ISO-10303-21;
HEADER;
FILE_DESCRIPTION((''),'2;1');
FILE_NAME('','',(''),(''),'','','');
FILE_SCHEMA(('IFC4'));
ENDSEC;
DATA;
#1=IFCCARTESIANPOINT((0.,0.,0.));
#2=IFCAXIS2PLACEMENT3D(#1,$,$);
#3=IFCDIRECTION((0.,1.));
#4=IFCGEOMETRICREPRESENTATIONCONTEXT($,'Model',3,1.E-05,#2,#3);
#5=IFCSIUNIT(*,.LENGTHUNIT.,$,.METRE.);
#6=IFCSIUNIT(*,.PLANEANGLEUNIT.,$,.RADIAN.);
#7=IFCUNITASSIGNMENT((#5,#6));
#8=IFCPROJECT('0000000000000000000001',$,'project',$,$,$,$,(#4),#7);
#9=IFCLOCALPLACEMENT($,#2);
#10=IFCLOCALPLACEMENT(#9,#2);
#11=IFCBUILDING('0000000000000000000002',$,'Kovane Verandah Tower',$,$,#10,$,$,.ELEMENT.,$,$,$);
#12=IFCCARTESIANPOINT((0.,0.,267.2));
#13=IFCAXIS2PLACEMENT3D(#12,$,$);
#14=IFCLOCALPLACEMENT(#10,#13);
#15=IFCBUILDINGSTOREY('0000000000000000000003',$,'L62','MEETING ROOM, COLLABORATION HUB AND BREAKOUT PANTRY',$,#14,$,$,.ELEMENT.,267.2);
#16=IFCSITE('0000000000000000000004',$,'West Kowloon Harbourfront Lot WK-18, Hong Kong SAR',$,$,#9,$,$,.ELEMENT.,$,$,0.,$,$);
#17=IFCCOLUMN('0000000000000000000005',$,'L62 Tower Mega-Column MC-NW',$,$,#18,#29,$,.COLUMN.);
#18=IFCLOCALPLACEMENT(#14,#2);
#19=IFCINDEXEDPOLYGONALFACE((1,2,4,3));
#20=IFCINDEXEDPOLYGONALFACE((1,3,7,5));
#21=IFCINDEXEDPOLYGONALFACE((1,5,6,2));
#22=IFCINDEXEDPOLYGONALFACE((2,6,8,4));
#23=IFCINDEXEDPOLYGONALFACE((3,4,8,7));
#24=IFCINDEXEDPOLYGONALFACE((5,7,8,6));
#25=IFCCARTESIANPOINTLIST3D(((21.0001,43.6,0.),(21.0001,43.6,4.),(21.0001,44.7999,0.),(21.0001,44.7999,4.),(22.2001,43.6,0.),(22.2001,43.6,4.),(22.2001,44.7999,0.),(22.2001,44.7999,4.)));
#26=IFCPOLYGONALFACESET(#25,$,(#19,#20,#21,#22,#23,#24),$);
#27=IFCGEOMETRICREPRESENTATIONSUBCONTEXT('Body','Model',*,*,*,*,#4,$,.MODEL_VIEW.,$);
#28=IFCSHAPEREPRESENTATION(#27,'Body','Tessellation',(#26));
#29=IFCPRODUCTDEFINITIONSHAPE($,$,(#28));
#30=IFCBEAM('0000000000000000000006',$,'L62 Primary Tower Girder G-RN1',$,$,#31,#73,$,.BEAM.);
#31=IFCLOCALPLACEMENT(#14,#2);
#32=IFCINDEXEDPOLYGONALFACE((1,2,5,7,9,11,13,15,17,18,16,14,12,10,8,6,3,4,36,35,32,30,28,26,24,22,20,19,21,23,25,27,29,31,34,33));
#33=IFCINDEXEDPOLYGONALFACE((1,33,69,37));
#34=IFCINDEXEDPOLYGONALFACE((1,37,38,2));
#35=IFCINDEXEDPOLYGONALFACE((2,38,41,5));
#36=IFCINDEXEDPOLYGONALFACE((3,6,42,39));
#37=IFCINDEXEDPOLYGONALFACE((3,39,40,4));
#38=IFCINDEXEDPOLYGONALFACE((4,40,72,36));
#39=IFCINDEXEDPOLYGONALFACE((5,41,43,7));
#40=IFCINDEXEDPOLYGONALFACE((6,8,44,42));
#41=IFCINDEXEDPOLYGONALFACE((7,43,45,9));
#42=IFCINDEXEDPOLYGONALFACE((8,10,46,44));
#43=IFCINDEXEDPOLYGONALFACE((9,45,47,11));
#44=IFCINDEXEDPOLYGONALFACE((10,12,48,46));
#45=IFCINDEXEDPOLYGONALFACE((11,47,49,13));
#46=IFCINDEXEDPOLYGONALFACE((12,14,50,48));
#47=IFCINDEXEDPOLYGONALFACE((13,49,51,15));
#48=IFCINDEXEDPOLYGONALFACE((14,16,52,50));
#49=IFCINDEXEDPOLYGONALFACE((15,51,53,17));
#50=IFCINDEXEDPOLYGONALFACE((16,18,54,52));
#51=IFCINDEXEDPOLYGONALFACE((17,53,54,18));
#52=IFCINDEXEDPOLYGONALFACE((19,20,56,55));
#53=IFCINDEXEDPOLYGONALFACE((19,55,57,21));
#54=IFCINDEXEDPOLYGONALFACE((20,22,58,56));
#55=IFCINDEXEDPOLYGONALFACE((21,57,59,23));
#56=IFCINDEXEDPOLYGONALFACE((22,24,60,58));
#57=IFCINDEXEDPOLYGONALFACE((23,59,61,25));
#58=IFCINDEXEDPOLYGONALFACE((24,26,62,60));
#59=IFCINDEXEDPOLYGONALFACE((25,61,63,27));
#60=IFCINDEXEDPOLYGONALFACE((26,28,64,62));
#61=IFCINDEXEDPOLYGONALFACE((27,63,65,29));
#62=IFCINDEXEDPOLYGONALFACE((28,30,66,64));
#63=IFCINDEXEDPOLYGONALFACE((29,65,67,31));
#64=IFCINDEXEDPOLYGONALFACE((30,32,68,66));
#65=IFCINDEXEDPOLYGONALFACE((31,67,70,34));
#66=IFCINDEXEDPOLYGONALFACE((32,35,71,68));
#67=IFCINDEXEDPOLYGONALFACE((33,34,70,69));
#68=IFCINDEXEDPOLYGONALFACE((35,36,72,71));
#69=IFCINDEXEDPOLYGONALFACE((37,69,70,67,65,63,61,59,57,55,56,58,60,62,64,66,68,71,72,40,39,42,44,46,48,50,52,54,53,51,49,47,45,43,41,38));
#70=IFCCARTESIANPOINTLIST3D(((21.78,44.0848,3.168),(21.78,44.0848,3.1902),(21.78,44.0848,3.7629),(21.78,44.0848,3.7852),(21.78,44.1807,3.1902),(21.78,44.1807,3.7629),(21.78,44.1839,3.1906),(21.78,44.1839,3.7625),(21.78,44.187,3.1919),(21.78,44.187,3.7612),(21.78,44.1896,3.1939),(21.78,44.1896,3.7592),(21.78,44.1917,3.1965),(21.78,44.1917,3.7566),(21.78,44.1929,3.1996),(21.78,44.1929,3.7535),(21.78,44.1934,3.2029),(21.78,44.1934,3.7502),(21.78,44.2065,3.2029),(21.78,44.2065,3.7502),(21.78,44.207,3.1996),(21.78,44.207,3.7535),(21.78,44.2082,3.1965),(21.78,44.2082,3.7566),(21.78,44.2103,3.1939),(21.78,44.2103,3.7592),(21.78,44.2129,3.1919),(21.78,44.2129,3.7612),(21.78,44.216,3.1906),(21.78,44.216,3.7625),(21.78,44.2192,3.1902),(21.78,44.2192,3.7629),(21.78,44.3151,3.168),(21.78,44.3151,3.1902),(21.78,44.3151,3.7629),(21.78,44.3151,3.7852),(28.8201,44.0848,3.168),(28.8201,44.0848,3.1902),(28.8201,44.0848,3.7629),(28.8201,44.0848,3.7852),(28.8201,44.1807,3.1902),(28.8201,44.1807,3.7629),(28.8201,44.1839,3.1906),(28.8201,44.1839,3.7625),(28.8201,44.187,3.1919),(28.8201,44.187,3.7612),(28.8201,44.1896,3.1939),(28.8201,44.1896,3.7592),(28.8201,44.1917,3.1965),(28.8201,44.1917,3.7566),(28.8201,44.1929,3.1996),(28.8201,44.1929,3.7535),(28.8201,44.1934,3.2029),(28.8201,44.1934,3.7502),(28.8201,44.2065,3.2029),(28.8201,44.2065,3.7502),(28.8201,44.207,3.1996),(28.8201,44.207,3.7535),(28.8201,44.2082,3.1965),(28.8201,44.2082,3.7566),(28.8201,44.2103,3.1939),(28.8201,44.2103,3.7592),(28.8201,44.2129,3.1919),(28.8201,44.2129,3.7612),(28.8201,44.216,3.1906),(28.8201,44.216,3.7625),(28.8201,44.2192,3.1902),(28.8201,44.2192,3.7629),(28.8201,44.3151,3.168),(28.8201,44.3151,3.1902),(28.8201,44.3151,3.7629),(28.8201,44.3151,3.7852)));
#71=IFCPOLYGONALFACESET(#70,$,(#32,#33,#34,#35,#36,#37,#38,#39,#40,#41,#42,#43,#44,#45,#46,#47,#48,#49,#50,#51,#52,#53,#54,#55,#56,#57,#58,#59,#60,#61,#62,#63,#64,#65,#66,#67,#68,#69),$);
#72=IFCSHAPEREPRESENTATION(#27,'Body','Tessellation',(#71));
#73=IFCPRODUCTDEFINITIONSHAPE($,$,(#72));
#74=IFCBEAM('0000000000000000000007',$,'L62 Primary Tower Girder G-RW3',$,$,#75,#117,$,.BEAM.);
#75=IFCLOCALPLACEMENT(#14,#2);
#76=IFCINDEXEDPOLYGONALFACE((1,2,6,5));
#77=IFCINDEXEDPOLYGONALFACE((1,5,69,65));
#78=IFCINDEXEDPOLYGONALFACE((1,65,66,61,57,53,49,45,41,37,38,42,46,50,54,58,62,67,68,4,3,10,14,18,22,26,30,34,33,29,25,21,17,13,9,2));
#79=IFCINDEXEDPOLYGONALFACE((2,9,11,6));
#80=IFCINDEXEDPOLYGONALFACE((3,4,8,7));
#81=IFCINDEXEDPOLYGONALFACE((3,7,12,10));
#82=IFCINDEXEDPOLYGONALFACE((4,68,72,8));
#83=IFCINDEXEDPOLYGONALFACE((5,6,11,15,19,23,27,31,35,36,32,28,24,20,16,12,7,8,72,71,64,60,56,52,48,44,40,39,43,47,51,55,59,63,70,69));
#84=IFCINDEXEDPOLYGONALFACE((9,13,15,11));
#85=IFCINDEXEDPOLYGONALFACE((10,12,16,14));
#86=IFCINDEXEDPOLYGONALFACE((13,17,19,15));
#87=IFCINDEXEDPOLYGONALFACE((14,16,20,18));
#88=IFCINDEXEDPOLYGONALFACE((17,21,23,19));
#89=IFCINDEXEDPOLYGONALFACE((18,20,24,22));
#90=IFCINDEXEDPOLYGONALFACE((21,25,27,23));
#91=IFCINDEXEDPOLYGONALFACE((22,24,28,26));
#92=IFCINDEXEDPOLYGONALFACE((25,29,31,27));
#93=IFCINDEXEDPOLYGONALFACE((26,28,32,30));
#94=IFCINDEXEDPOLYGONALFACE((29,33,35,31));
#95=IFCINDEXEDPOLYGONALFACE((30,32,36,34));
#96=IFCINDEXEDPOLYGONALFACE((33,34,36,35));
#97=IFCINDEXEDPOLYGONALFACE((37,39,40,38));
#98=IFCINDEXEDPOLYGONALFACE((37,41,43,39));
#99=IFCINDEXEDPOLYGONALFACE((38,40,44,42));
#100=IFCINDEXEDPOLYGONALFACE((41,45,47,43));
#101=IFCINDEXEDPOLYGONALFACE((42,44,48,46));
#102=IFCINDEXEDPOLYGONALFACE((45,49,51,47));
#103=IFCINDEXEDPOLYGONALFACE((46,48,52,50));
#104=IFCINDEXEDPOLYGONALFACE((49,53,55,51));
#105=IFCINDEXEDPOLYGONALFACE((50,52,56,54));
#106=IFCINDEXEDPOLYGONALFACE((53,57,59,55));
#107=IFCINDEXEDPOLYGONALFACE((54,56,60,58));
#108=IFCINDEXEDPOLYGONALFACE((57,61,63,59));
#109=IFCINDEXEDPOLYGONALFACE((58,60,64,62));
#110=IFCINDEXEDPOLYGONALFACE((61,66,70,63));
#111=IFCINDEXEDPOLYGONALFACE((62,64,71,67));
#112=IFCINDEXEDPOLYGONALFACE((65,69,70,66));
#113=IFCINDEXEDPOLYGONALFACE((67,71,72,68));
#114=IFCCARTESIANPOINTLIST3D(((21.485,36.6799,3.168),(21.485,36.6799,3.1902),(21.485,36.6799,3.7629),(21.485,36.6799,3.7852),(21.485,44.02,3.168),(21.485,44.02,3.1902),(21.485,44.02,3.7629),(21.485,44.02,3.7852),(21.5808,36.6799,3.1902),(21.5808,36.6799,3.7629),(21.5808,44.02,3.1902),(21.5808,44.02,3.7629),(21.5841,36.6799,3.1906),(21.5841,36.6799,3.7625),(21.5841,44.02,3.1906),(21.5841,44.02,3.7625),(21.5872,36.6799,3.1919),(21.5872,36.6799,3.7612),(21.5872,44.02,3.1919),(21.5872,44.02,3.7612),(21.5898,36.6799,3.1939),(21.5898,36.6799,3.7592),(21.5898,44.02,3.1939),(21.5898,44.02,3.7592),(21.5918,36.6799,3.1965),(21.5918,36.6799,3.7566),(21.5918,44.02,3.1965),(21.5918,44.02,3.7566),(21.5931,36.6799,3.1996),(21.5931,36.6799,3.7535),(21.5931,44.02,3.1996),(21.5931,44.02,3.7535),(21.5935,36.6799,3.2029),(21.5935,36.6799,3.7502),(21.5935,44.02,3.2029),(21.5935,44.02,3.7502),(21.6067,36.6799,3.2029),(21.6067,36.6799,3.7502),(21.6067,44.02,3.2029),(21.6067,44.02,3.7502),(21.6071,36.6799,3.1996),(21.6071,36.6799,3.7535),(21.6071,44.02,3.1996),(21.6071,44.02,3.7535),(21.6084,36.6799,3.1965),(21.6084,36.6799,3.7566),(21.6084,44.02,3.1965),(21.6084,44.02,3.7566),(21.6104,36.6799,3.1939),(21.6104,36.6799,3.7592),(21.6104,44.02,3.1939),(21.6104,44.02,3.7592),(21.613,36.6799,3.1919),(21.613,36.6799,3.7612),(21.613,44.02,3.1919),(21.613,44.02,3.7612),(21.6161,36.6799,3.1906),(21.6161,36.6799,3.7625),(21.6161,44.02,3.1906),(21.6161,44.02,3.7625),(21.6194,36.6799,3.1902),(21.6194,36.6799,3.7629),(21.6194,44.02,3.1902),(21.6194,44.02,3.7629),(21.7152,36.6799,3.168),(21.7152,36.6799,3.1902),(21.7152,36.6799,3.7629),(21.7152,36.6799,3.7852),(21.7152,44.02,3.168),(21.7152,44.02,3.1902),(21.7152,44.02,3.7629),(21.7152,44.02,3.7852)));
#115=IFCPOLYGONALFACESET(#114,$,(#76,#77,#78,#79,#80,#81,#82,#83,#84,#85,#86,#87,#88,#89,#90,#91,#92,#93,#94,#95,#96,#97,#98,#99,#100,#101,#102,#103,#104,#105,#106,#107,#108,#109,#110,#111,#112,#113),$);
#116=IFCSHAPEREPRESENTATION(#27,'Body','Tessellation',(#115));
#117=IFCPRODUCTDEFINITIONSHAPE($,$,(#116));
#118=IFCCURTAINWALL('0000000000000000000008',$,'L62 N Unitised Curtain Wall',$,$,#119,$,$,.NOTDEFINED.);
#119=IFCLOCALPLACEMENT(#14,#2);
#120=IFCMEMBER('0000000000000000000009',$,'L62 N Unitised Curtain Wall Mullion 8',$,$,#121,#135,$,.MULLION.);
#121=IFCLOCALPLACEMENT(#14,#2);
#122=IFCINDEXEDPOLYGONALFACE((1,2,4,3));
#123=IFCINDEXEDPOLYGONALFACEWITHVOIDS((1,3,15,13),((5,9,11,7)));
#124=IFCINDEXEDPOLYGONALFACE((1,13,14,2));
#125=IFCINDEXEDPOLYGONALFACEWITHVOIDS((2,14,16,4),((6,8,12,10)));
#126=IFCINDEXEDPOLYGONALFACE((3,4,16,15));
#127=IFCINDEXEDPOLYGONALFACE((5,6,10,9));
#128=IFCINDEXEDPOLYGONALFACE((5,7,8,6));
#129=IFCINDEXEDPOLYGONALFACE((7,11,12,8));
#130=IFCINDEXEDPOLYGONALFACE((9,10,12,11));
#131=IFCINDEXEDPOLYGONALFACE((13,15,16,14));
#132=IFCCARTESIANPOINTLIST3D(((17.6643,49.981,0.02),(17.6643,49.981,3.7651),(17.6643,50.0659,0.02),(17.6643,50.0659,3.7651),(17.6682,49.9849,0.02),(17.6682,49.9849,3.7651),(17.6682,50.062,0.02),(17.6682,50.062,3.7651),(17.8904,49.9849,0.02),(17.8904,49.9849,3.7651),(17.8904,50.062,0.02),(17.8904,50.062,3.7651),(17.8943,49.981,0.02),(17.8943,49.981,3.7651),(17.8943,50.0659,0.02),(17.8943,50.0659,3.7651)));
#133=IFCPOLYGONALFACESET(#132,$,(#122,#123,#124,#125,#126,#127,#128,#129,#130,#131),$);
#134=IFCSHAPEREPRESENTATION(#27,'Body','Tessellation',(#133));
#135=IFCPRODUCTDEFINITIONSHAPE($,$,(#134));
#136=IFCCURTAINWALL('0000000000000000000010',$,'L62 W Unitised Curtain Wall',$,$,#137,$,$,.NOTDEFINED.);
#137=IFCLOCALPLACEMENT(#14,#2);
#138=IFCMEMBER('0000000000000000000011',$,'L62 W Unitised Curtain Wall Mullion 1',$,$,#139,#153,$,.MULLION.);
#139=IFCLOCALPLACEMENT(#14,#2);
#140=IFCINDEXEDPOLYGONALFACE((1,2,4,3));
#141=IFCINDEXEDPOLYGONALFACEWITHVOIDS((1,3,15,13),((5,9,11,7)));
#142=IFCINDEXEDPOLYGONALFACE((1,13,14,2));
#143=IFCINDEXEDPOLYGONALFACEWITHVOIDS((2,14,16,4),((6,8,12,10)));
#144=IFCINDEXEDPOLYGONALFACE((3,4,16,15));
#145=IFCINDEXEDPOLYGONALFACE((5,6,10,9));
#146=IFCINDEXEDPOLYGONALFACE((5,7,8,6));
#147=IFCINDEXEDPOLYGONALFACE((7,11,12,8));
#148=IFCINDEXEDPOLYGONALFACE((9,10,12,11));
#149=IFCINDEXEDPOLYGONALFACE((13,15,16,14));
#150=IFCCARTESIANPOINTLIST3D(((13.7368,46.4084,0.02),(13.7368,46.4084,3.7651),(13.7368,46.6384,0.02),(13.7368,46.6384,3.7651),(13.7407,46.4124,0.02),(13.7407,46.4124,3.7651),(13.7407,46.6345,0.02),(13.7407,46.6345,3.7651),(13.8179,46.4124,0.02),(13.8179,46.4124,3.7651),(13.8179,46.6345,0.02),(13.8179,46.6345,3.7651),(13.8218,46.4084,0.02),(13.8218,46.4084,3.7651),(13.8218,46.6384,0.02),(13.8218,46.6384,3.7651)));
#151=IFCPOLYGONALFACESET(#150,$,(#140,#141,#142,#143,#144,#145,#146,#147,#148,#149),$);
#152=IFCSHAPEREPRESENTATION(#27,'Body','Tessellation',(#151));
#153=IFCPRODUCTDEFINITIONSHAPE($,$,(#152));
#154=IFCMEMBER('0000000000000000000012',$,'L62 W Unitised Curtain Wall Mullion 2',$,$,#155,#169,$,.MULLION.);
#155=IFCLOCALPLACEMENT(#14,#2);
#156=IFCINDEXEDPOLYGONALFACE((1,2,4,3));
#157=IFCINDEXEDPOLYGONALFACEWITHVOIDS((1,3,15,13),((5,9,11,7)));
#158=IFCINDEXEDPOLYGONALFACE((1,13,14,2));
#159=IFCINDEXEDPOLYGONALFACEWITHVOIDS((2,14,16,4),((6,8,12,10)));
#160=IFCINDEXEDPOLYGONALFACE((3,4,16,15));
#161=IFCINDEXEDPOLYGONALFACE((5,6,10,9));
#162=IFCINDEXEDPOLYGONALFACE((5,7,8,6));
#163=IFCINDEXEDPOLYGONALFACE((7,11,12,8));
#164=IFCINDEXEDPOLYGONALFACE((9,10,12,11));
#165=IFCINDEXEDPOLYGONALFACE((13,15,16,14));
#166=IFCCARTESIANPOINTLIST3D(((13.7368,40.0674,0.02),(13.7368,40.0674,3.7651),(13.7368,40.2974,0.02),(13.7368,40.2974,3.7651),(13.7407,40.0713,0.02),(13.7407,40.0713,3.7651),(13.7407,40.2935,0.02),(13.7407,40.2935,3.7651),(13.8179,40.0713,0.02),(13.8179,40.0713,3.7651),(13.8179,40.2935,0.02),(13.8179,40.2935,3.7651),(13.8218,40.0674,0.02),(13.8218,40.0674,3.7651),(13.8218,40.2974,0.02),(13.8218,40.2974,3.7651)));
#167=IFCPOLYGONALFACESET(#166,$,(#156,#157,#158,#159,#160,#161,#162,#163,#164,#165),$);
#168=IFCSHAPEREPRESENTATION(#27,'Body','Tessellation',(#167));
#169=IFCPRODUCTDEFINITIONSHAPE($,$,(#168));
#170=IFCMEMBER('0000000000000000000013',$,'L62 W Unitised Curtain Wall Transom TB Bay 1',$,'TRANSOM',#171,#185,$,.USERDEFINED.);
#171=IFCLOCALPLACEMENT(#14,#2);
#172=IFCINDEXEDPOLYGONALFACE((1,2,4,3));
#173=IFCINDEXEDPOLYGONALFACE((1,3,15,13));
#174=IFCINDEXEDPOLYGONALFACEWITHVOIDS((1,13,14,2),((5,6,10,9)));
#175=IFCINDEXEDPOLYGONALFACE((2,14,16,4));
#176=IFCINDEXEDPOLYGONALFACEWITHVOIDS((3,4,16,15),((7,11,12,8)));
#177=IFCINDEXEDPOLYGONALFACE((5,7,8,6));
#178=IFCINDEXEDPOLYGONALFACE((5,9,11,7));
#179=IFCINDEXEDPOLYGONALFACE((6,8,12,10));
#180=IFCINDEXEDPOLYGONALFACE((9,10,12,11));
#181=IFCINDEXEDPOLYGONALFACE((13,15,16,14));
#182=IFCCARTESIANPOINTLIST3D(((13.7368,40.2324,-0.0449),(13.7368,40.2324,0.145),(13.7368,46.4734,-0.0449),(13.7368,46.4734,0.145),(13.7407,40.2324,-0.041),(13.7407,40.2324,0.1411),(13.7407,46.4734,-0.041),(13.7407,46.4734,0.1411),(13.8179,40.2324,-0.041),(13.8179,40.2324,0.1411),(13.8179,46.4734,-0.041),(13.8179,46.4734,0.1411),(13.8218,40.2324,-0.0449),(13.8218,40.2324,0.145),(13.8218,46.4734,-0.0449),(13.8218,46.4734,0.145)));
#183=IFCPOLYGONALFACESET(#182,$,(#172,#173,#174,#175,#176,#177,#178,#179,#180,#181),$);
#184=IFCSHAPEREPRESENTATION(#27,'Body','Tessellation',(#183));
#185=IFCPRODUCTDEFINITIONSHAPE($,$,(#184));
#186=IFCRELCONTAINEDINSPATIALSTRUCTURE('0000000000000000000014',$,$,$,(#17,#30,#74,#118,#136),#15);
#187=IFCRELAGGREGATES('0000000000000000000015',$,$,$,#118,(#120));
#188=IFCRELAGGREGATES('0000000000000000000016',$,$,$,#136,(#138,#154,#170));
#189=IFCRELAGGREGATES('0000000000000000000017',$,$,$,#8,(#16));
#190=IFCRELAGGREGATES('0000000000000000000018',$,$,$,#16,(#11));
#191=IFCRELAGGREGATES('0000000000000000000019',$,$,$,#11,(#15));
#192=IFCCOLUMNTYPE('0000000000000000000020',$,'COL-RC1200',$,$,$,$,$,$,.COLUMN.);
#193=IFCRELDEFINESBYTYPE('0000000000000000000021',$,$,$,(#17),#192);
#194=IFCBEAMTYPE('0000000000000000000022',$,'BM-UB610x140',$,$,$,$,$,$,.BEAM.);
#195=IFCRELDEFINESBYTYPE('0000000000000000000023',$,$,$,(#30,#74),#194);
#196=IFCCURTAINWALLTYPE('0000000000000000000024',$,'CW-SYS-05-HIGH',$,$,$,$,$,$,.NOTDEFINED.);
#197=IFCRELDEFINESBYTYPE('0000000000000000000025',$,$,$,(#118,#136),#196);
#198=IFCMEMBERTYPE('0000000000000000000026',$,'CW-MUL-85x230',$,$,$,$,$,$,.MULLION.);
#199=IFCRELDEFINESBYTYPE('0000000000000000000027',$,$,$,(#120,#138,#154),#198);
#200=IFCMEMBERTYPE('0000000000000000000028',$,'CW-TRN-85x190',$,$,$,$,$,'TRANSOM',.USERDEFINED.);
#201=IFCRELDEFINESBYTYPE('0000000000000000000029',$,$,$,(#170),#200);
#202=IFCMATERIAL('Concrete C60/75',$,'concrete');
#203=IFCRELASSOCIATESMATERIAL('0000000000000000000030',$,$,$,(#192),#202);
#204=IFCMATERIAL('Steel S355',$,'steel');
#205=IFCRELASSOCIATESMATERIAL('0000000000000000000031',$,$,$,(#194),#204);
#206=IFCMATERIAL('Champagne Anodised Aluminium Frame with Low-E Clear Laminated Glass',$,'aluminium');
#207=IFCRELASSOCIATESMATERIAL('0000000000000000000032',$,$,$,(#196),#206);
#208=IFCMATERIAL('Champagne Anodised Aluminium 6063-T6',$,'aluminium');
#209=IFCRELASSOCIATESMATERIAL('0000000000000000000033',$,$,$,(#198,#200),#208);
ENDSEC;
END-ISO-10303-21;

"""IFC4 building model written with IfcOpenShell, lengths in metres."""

from ifc_helpers import new_model, si_unit, direction, frame, origin, origin_2d, place, context, subcontext, project, spatial, rectangle, hollow_rectangle, i_section, extrude, material, material_profile, profile_set, type_object, element, aggregate, save


model = new_model("IFC4")

# Units and contexts
model_context = context("Model", 3, precision=1e-05, world=origin(), true_north=direction((0.0, 1.0)))
body_context = subcontext(model_context, "Body", "Model", "MODEL_VIEW")
ifc_project = project(units=[si_unit("LENGTHUNIT", "METRE"), si_unit("PLANEANGLEUNIT", "RADIAN")], contexts=[model_context])

# Site, building, storey
site_placement = place(None, origin())
site = spatial("IfcSite", under=ifc_project, at=site_placement, Name="West Kowloon Harbourfront Lot WK-18, Hong Kong SAR", CompositionType="ELEMENT", RefElevation=0.0)
building_placement = place(site_placement, origin())
building = spatial("IfcBuilding", under=site, at=building_placement, Name="Kovane Verandah Tower", CompositionType="ELEMENT")
storey_placement = place(building_placement, frame((0.0, 0.0, 267.2)))
storey = spatial("IfcBuildingStorey", under=building, at=storey_placement, Name="L62", Description="MEETING ROOM, COLLABORATION HUB AND BREAKOUT PANTRY", CompositionType="ELEMENT", Elevation=267.2)

# Column
ifc_material_1 = material(Name="Concrete C60/75", Category="concrete")
ifc_material_profile_1 = material_profile(ifc_material_1, rectangle(XDim=1.2, YDim=1.2, at=origin_2d()), Name="RC1200x1200")
ifc_profile_set_1 = profile_set([ifc_material_profile_1], Name="Concrete C60/75")
column_type = type_object("IfcColumnType", Name="COL-RC1200", PredefinedType="COLUMN", material=ifc_profile_set_1)
column_placement = place(storey_placement, frame((21.6001, 44.2, 0.0), z_axis=(0.0, 0.0, 1.0), x_axis=(1.0, 0.0, 0.0)))
element("IfcColumn", 1, at=column_placement, inside=storey, type_object=column_type, Name="L62 Tower Mega-Column MC-NW", PredefinedType="COLUMN", context=body_context, shape_type="SweptSolid", body=[
    extrude(rectangle(XDim=1.2, YDim=1.2, at=origin_2d()), origin(), (0.0, 0.0, 1.0), 4.0),
])

# Beams
ifc_material_2 = material(Name="Steel S355", Category="steel")
ifc_material_profile_2 = material_profile(ifc_material_2, i_section(OverallWidth=0.2302, OverallDepth=0.6172, WebThickness=0.0132, FlangeThickness=0.0222, FilletRadius=0.0127, at=origin_2d()), Name="UB610x229x140")
ifc_profile_set_2 = profile_set([ifc_material_profile_2], Name="Steel S355")
beam_type = type_object("IfcBeamType", Name="BM-UB610x140", PredefinedType="BEAM", material=ifc_profile_set_2)
beam_1_placement = place(storey_placement, frame((21.78, 44.2, 3.4766), z_axis=(1.0, 0.0, 0.0), x_axis=(0.0, 1.0, 0.0)))
element("IfcBeam", 2, at=beam_1_placement, inside=storey, type_object=beam_type, Name="L62 Primary Tower Girder G-RN1", PredefinedType="BEAM", context=body_context, shape_type="SweptSolid", body=[
    extrude(i_section(OverallWidth=0.2302, OverallDepth=0.6172, WebThickness=0.0132, FlangeThickness=0.0222, FilletRadius=0.0127, at=origin_2d()), origin(), (0.0, 0.0, 1.0), 7.04),
])
beam_2_placement = place(storey_placement, frame((21.6001, 36.6799, 3.4766), z_axis=(0.0, 1.0, 0.0), x_axis=(-1.0, 0.0, 0.0)))
element("IfcBeam", 3, at=beam_2_placement, inside=storey, type_object=beam_type, Name="L62 Primary Tower Girder G-RW3", PredefinedType="BEAM", context=body_context, shape_type="SweptSolid", body=[
    extrude(i_section(OverallWidth=0.2302, OverallDepth=0.6172, WebThickness=0.0132, FlangeThickness=0.0222, FilletRadius=0.0127, at=origin_2d()), origin(), (0.0, 0.0, 1.0), 7.3401),
])

# Curtain wall, member
ifc_material_3 = material(Name="Champagne Anodised Aluminium Frame with Low-E Clear Laminated Glass", Category="aluminium")
curtain_wall_type = type_object("IfcCurtainWallType", Name="CW-SYS-05-HIGH", PredefinedType="NOTDEFINED", material=ifc_material_3)
curtain_wall_1_placement = place(storey_placement, origin())
curtain_wall_1 = element("IfcCurtainWall", 4, at=curtain_wall_1_placement, inside=storey, type_object=curtain_wall_type, Name="L62 N Unitised Curtain Wall", PredefinedType="NOTDEFINED")
ifc_material_4 = material(Name="Champagne Anodised Aluminium 6063-T6", Category="aluminium")
ifc_material_profile_3 = material_profile(ifc_material_4, hollow_rectangle(XDim=0.085, YDim=0.23, WallThickness=0.0039, at=origin_2d()), Name="AL85x230x4")
ifc_profile_set_3 = profile_set([ifc_material_profile_3], Name="Champagne Anodised Aluminium 6063-T6")
member_type_1 = type_object("IfcMemberType", Name="CW-MUL-85x230", PredefinedType="MULLION", material=ifc_profile_set_3)
member_1_placement = place(storey_placement, frame((17.7793, 50.0234, 0.02), z_axis=(0.0, 0.0, 1.0), x_axis=(0.0, 1.0, 0.0)))
member_1 = element("IfcMember", 5, at=member_1_placement, type_object=member_type_1, Name="L62 N Unitised Curtain Wall Mullion 8", PredefinedType="MULLION", context=body_context, shape_type="SweptSolid", body=[
    extrude(hollow_rectangle(XDim=0.085, YDim=0.23, WallThickness=0.0039, at=origin_2d()), origin(), (0.0, 0.0, 1.0), 3.7451),
])

# Curtain wall, members
curtain_wall_2_placement = place(storey_placement, origin())
curtain_wall_2 = element("IfcCurtainWall", 6, at=curtain_wall_2_placement, inside=storey, type_object=curtain_wall_type, Name="L62 W Unitised Curtain Wall", PredefinedType="NOTDEFINED")
member_2_placement = place(storey_placement, frame((13.7793, 46.5234, 0.02), z_axis=(0.0, 0.0, 1.0), x_axis=(-1.0, 0.0, 0.0)))
member_2 = element("IfcMember", 7, at=member_2_placement, type_object=member_type_1, Name="L62 W Unitised Curtain Wall Mullion 1", PredefinedType="MULLION", context=body_context, shape_type="SweptSolid", body=[
    extrude(hollow_rectangle(XDim=0.085, YDim=0.23, WallThickness=0.0039, at=origin_2d()), origin(), (0.0, 0.0, 1.0), 3.7451),
])
member_3_placement = place(storey_placement, frame((13.7793, 40.1824, 0.02), z_axis=(0.0, 0.0, 1.0), x_axis=(-1.0, 0.0, 0.0)))
member_3 = element("IfcMember", 8, at=member_3_placement, type_object=member_type_1, Name="L62 W Unitised Curtain Wall Mullion 2", PredefinedType="MULLION", context=body_context, shape_type="SweptSolid", body=[
    extrude(hollow_rectangle(XDim=0.085, YDim=0.23, WallThickness=0.0039, at=origin_2d()), origin(), (0.0, 0.0, 1.0), 3.7451),
])
ifc_material_profile_4 = material_profile(ifc_material_4, hollow_rectangle(XDim=0.085, YDim=0.1899, WallThickness=0.0039, at=origin_2d()), Name="AL85x190x4")
ifc_profile_set_4 = profile_set([ifc_material_profile_4], Name="Champagne Anodised Aluminium 6063-T6")
member_type_2 = type_object("IfcMemberType", Name="CW-TRN-85x190", ElementType="TRANSOM", PredefinedType="USERDEFINED", material=ifc_profile_set_4)
member_4_placement = place(storey_placement, frame((13.7793, 46.4734, 0.05), z_axis=(0.0, -1.0, 0.0), x_axis=(1.0, 0.0, 0.0)))
member_4 = element("IfcMember", 9, at=member_4_placement, type_object=member_type_2, Name="L62 W Unitised Curtain Wall Transom TB Bay 1", ObjectType="TRANSOM", PredefinedType="USERDEFINED", context=body_context, shape_type="SweptSolid", body=[
    extrude(hollow_rectangle(XDim=0.085, YDim=0.1899, WallThickness=0.0039, at=origin_2d()), origin(), (0.0, 0.0, 1.0), 6.241),
])

aggregate(curtain_wall_1, [member_1])
aggregate(curtain_wall_2, [member_2, member_3, member_4])

save(model, "model.ifc")
